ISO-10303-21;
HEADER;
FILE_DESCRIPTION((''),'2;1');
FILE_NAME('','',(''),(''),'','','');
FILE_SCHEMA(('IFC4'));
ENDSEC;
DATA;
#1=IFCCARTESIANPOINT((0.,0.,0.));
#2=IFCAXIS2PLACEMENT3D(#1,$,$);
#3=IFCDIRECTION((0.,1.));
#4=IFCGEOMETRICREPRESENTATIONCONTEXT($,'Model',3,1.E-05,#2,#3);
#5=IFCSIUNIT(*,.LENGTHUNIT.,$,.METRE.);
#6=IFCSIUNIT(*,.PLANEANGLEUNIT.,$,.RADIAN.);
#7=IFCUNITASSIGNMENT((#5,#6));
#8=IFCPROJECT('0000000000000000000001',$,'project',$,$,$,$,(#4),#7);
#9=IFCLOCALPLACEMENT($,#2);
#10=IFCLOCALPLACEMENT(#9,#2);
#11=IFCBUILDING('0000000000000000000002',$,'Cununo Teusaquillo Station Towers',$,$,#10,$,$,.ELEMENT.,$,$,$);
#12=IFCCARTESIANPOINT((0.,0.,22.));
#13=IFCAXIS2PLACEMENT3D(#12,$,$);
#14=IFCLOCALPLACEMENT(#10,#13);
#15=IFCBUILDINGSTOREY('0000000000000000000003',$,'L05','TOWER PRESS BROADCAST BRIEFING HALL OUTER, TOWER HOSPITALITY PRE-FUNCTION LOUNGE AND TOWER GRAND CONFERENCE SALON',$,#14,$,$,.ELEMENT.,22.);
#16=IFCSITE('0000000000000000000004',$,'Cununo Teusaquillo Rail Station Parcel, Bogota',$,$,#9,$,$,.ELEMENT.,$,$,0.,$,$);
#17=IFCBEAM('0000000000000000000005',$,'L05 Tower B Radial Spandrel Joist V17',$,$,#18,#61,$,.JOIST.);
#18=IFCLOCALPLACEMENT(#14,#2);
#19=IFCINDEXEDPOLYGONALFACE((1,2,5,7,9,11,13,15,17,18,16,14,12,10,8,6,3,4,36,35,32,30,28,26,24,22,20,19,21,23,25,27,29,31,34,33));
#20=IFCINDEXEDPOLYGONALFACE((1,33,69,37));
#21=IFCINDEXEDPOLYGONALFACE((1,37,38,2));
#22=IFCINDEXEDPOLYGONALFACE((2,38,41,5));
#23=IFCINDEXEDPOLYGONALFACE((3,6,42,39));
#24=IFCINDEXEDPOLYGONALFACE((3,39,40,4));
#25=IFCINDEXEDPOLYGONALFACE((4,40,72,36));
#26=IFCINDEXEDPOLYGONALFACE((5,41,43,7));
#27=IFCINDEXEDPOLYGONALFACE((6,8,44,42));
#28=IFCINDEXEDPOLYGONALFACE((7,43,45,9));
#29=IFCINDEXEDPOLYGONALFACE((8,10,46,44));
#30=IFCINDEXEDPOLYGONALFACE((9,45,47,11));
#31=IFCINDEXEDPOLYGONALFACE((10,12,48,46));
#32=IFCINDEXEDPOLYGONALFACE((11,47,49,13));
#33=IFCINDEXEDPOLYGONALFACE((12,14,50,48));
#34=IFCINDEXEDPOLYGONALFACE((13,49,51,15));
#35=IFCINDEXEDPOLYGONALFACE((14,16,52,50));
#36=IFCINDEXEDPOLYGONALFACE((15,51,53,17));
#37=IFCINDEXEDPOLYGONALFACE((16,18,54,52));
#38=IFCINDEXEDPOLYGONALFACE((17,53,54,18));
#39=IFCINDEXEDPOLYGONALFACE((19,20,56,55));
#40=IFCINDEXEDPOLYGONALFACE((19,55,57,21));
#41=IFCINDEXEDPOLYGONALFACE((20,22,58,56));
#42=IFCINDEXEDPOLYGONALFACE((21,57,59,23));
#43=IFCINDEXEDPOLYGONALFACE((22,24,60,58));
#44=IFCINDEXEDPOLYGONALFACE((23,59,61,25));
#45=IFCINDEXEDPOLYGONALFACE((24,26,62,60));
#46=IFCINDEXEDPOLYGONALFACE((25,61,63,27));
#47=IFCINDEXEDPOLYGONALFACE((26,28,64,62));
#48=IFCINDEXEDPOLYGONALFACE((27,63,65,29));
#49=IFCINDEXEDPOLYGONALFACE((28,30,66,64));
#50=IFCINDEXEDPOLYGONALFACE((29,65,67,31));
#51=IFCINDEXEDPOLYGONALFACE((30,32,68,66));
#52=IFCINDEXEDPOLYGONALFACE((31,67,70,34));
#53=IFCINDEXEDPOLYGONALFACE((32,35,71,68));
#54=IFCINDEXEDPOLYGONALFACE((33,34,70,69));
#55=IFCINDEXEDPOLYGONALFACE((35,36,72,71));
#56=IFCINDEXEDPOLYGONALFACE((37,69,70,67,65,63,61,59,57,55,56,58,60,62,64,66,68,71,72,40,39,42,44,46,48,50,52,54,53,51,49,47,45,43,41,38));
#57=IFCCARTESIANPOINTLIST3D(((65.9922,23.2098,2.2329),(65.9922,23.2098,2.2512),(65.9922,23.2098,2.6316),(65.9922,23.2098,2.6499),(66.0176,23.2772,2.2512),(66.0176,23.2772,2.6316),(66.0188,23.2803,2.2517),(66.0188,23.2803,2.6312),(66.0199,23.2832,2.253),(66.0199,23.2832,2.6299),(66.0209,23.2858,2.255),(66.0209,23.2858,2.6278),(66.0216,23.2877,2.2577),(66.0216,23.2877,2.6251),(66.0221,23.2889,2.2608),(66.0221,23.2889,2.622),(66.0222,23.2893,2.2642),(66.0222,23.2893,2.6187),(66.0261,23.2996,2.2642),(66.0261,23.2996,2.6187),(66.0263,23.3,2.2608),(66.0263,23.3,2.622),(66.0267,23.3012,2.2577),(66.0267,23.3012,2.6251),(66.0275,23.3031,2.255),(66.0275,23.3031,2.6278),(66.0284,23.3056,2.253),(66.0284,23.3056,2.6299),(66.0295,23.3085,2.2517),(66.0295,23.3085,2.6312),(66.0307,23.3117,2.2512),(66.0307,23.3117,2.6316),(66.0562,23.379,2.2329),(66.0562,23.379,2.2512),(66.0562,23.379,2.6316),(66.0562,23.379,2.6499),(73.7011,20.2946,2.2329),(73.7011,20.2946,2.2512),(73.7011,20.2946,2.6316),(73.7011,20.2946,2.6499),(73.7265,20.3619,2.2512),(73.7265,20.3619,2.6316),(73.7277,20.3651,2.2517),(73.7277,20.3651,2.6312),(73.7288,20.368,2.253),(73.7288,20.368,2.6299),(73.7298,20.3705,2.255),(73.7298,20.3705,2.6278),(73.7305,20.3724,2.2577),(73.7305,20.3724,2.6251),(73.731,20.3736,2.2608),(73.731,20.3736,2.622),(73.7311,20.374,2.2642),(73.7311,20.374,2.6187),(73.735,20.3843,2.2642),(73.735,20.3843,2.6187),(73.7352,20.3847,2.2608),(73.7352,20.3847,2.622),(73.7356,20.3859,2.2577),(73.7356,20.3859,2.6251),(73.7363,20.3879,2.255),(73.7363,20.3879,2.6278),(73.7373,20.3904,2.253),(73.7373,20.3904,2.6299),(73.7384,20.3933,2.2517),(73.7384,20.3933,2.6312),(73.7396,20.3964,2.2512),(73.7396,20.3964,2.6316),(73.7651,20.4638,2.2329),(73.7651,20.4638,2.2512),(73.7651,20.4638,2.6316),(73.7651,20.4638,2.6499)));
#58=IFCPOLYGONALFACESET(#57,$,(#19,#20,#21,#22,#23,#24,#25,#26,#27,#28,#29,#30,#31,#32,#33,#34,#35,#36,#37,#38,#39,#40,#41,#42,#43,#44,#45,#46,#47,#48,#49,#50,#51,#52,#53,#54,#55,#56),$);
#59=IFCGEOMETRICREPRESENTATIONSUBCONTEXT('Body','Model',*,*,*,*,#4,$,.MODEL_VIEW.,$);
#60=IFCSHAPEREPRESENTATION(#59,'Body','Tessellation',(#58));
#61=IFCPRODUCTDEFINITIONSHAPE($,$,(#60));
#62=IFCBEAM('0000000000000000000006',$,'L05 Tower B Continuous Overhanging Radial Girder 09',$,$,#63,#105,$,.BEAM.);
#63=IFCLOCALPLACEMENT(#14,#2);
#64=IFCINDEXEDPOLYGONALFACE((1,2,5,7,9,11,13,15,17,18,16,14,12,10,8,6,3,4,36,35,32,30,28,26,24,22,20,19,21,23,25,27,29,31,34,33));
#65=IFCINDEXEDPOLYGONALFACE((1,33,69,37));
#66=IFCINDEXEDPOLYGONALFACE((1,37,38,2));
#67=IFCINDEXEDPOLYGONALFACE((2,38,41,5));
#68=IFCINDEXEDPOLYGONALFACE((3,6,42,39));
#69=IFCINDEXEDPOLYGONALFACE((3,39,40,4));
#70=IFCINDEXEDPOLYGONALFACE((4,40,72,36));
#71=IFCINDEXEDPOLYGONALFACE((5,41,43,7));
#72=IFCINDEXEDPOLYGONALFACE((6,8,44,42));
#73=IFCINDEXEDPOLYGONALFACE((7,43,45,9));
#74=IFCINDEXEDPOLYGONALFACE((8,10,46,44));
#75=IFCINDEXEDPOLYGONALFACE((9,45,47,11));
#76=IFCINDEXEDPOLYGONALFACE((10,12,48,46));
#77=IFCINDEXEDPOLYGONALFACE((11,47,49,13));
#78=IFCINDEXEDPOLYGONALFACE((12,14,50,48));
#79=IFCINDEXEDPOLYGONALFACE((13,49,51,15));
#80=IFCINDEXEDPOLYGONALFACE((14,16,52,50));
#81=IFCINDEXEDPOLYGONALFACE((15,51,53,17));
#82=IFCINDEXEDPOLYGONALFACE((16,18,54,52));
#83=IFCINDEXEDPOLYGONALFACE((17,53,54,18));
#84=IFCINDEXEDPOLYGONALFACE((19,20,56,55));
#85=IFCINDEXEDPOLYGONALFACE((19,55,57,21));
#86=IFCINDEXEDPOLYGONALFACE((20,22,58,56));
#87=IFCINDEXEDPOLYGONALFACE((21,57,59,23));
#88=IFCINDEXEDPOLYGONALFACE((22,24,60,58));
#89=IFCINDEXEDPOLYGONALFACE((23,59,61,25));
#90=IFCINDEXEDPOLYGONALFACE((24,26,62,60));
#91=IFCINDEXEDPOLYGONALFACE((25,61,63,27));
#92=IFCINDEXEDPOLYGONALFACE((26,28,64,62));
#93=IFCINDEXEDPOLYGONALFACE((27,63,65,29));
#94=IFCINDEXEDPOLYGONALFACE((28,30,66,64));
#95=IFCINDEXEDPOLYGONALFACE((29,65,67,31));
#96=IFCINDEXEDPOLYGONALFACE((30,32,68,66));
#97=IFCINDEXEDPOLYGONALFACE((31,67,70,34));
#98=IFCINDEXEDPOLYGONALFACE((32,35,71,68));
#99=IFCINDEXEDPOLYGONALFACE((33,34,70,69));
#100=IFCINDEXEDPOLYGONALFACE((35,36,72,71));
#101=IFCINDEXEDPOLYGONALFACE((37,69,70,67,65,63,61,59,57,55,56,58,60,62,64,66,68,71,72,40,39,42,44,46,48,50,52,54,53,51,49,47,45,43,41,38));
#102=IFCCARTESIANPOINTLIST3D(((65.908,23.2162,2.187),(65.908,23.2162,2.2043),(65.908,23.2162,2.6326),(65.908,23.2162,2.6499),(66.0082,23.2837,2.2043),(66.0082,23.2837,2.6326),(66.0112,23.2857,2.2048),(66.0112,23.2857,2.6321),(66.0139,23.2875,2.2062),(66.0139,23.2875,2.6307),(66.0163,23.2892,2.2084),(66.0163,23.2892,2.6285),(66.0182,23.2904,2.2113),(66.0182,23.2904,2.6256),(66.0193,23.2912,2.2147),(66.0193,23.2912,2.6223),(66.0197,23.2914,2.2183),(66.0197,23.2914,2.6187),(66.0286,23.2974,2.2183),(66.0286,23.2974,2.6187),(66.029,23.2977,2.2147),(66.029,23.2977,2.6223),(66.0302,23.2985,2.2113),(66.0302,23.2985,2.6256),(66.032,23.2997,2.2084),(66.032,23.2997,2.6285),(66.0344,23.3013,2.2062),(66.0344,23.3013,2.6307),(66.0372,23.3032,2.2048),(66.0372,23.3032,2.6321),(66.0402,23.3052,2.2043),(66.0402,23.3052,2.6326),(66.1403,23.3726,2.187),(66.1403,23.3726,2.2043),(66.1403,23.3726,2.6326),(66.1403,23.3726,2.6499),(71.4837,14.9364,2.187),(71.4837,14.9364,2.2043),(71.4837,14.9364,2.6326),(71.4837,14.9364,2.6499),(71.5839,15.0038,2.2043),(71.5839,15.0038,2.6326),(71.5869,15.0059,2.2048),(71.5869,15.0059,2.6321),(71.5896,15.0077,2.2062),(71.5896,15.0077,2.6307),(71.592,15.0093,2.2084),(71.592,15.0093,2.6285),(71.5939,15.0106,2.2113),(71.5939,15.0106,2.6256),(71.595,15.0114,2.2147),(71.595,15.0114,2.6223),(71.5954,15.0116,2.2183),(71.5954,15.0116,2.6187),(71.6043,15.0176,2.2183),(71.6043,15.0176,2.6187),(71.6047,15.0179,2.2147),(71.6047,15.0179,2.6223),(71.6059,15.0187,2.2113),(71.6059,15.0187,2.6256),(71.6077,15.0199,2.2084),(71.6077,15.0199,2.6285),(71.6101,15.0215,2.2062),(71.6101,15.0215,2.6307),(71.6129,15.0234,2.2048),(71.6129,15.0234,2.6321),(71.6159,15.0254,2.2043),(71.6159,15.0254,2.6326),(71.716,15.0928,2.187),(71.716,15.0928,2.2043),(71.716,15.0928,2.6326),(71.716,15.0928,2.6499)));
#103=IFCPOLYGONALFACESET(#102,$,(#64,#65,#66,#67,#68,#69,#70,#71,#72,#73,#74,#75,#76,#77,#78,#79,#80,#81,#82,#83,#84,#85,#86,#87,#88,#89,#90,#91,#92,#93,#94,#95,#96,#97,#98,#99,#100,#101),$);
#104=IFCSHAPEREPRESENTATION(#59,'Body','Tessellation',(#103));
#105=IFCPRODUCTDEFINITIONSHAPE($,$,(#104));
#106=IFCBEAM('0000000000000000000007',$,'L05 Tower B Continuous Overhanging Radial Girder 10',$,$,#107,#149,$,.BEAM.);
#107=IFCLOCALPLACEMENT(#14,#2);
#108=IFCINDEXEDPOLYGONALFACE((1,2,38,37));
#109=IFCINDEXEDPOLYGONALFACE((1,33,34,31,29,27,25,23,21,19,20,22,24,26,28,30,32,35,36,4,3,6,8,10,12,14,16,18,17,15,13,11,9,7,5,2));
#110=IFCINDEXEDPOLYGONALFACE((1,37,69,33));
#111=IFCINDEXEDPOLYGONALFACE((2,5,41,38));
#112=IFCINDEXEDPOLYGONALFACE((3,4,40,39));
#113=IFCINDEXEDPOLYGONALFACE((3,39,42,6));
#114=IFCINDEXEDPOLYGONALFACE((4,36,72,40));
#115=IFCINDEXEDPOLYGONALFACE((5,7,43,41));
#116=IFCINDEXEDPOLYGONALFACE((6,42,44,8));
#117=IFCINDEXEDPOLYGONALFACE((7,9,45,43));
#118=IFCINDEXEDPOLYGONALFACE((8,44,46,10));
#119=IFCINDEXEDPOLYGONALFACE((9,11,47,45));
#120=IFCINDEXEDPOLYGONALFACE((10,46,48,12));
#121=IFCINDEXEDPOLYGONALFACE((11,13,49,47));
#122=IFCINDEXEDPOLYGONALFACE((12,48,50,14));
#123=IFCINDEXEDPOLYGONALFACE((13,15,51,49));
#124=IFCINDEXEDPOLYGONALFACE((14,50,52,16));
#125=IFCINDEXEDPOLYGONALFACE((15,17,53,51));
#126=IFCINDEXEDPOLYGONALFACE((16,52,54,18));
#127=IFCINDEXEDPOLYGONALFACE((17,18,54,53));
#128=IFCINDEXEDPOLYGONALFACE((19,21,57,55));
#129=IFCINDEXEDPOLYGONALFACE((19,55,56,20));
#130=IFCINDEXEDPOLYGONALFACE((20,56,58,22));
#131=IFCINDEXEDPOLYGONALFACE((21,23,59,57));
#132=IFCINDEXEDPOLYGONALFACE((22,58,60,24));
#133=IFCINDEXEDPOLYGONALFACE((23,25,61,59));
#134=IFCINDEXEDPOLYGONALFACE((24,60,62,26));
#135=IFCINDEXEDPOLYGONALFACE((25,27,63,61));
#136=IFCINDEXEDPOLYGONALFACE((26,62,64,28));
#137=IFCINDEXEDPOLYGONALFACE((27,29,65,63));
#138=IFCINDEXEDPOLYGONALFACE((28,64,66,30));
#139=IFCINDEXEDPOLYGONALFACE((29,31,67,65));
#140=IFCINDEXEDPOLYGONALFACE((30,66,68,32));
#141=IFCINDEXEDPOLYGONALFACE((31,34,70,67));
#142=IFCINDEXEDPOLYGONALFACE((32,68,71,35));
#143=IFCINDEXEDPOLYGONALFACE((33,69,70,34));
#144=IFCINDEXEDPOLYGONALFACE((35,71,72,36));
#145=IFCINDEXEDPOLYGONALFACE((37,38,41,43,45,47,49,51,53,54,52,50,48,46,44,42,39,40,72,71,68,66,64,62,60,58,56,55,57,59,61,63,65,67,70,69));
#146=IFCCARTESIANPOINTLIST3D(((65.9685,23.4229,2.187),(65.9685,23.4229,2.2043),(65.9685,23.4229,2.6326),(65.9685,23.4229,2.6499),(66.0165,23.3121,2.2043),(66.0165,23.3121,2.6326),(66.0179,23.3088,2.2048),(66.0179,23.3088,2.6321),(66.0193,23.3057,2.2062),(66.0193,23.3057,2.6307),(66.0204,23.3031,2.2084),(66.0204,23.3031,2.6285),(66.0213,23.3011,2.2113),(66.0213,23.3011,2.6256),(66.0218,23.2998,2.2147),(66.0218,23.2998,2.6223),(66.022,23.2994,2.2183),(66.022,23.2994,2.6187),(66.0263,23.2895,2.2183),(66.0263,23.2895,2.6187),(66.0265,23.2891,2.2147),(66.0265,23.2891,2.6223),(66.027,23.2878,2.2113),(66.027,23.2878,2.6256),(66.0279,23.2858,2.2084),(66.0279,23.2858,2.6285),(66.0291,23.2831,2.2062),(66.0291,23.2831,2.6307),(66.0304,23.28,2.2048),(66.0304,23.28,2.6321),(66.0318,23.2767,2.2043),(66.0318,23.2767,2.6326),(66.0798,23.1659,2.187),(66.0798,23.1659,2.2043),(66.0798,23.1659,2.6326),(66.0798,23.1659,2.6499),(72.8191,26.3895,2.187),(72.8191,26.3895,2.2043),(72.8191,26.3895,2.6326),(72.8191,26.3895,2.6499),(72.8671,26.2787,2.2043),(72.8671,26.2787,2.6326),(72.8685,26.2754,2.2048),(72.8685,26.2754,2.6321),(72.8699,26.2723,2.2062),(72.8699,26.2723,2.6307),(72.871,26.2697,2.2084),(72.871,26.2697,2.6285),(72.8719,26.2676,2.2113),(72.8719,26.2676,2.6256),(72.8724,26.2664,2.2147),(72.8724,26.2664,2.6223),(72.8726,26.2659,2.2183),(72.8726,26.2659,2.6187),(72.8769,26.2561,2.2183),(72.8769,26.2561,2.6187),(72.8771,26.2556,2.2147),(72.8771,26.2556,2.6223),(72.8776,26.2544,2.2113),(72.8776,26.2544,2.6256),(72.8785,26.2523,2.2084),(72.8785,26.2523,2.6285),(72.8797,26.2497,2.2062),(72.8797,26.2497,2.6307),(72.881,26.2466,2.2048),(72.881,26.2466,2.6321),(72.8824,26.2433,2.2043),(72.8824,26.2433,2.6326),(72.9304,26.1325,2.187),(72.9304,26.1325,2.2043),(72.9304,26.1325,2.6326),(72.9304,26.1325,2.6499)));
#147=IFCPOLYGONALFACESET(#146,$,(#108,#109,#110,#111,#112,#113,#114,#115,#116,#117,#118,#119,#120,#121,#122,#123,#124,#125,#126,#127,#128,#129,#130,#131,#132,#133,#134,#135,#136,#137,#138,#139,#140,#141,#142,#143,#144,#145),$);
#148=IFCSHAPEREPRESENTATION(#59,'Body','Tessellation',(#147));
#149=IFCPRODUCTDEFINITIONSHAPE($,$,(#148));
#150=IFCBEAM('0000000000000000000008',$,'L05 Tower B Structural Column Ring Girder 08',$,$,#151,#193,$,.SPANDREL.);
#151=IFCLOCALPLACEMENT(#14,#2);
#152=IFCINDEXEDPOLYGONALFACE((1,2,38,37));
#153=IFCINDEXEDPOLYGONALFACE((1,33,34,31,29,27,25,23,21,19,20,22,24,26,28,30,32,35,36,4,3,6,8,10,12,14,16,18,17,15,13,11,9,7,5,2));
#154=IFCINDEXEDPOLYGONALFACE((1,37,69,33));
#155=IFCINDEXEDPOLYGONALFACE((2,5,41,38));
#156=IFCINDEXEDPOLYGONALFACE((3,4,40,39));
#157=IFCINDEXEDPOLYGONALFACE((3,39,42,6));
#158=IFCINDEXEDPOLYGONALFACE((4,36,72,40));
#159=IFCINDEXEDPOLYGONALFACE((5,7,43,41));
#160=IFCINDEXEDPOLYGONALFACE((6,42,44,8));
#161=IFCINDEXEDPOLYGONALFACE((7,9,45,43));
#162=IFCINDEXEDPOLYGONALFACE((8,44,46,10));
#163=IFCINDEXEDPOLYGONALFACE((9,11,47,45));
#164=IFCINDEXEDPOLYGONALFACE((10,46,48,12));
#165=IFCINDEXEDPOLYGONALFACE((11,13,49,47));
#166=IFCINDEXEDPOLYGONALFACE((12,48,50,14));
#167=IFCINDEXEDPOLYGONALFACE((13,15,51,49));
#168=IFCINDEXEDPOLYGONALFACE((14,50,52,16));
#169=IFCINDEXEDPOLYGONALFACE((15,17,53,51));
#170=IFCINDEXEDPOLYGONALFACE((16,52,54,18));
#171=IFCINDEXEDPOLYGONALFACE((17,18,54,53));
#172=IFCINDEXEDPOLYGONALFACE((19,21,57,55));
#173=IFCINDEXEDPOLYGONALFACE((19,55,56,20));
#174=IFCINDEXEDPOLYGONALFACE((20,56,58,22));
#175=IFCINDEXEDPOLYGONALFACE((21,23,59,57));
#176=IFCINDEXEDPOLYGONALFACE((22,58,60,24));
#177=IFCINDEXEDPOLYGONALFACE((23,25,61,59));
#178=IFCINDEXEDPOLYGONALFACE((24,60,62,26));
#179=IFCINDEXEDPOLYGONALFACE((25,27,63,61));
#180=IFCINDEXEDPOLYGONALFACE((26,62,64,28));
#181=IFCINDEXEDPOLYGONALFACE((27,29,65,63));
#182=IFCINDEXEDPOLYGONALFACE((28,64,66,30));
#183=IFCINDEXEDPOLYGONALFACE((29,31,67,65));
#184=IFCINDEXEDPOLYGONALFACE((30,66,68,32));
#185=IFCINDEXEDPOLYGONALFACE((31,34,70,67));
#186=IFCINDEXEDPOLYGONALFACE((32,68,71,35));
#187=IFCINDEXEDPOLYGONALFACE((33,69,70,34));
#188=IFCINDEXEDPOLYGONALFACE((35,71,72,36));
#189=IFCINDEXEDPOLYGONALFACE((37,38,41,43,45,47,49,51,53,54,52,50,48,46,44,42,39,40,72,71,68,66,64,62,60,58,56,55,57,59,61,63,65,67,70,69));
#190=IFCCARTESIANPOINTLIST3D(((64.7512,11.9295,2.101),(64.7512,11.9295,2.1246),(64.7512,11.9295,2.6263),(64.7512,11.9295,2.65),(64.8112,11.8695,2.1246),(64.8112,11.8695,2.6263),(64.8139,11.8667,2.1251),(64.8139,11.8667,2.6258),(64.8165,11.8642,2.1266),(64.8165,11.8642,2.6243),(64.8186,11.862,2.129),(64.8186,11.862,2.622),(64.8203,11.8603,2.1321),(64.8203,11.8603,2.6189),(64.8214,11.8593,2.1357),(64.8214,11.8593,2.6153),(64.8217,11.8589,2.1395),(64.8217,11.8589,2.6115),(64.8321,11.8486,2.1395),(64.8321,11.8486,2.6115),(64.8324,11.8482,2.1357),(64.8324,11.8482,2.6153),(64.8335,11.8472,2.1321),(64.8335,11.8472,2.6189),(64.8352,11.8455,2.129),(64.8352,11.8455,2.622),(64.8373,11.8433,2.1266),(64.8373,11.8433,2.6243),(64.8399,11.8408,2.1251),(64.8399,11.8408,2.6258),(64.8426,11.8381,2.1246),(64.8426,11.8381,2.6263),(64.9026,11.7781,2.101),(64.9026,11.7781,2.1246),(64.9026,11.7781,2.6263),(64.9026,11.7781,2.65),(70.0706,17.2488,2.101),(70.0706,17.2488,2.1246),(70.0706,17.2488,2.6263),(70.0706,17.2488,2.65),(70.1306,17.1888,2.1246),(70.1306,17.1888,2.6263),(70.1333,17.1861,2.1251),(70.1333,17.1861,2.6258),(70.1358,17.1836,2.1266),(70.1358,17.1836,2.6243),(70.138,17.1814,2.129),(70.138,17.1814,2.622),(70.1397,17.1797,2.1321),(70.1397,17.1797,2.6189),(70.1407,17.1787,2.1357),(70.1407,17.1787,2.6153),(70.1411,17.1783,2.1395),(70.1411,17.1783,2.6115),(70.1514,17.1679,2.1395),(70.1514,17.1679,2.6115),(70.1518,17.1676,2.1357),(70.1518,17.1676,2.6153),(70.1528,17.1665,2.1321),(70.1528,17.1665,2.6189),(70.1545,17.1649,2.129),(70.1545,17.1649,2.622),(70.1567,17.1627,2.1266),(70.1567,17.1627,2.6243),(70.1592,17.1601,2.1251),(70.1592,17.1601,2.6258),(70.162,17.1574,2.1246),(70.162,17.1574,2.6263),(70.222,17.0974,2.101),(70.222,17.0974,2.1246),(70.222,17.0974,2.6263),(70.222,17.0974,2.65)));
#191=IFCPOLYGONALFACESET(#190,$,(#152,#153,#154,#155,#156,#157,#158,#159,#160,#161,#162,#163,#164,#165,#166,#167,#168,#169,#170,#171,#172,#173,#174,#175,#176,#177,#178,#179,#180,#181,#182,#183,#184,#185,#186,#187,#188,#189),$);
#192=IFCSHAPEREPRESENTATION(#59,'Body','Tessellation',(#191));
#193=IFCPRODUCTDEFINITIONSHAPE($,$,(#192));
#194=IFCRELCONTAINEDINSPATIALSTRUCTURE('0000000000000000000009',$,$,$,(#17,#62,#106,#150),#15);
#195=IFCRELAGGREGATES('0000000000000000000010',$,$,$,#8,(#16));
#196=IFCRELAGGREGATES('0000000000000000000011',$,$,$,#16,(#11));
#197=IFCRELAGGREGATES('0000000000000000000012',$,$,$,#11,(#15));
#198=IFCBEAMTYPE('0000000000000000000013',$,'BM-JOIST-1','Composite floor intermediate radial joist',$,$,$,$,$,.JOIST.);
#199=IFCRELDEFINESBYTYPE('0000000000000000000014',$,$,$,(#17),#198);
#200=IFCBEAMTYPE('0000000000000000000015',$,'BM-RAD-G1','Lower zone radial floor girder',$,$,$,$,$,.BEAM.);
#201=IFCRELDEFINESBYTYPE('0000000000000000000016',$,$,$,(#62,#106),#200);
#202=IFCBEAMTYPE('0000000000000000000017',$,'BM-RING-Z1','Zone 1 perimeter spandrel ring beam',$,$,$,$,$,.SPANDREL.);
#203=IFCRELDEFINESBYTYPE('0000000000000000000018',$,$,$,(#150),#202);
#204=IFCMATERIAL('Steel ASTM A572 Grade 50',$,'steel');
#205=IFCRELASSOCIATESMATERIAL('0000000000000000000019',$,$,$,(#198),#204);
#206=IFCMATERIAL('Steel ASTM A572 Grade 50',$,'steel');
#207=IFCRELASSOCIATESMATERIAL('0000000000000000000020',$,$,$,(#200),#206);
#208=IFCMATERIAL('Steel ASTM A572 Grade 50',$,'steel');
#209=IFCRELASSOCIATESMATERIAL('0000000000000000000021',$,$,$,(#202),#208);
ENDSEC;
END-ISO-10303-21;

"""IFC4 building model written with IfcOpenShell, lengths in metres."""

from ifc_helpers import new_model, si_unit, direction, frame, origin, origin_2d, place, context, subcontext, project, spatial, i_section, extrude, material, material_profile, profile_set, type_object, element, save


model = new_model("IFC4")

# Units and contexts
model_context = context("Model", 3, precision=1e-05, world=origin(), true_north=direction((0.0, 1.0)))
body_context = subcontext(model_context, "Body", "Model", "MODEL_VIEW")
ifc_project = project(units=[si_unit("LENGTHUNIT", "METRE"), si_unit("PLANEANGLEUNIT", "RADIAN")], contexts=[model_context])

# Site, building, storey
site_placement = place(None, origin())
site = spatial("IfcSite", under=ifc_project, at=site_placement, Name="Cununo Teusaquillo Rail Station Parcel, Bogota", CompositionType="ELEMENT", RefElevation=0.0)
building_placement = place(site_placement, origin())
building = spatial("IfcBuilding", under=site, at=building_placement, Name="Cununo Teusaquillo Station Towers", CompositionType="ELEMENT")
storey_placement = place(building_placement, frame((0.0, 0.0, 22.0)))
storey = spatial("IfcBuildingStorey", under=building, at=storey_placement, Name="L05", Description="TOWER PRESS BROADCAST BRIEFING HALL OUTER, TOWER HOSPITALITY PRE-FUNCTION LOUNGE AND TOWER GRAND CONFERENCE SALON", CompositionType="ELEMENT", Elevation=22.0)

# Beams
ifc_material_1 = material(Name="Steel ASTM A572 Grade 50", Category="steel")
ifc_material_profile_1 = material_profile(ifc_material_1, i_section(OverallWidth=0.1809, OverallDepth=0.417, WebThickness=0.011, FlangeThickness=0.0183, FilletRadius=0.0129, at=origin_2d()), Name="W16X57")
ifc_profile_set_1 = profile_set([ifc_material_profile_1], Name="Steel ASTM A572 Grade 50")
beam_type_1 = type_object("IfcBeamType", Name="BM-JOIST-1", Description="Composite floor intermediate radial joist", PredefinedType="JOIST", material=ifc_profile_set_1)
beam_1_placement = place(storey_placement, frame((66.0242, 23.2944, 2.4414), z_axis=(0.935352, -0.353719, 0.0), x_axis=(0.353719, 0.935352, 0.0)))
element("IfcBeam", 1, at=beam_1_placement, inside=storey, type_object=beam_type_1, Name="L05 Tower B Radial Spandrel Joist V17", PredefinedType="JOIST", context=body_context, shape_type="SweptSolid", body=[
    extrude(i_section(OverallWidth=0.1809, OverallDepth=0.417, WebThickness=0.011, FlangeThickness=0.0183, FilletRadius=0.0129, at=origin_2d()), origin(), (0.0, 0.0, 1.0), 8.2417),
])
ifc_material_2 = material(Name="Steel ASTM A572 Grade 50", Category="steel")
ifc_material_profile_2 = material_profile(ifc_material_2, i_section(OverallWidth=0.28, OverallDepth=0.4629, WebThickness=0.0107, FlangeThickness=0.0173, FilletRadius=0.0139, at=origin_2d()), Name="W18X76")
ifc_profile_set_2 = profile_set([ifc_material_profile_2], Name="Steel ASTM A572 Grade 50")
beam_type_2 = type_object("IfcBeamType", Name="BM-RAD-G1", Description="Lower zone radial floor girder", PredefinedType="BEAM", material=ifc_profile_set_2)
beam_2_placement = place(storey_placement, frame((66.0242, 23.2944, 2.4185), z_axis=(0.558566, -0.82946, 0.0), x_axis=(0.82946, 0.558566, 0.0)))
element("IfcBeam", 2, at=beam_2_placement, inside=storey, type_object=beam_type_2, Name="L05 Tower B Continuous Overhanging Radial Girder 09", PredefinedType="BEAM", context=body_context, shape_type="SweptSolid", body=[
    extrude(i_section(OverallWidth=0.28, OverallDepth=0.4629, WebThickness=0.0107, FlangeThickness=0.0173, FilletRadius=0.0139, at=origin_2d()), origin(), (0.0, 0.0, 1.0), 9.9822),
])
beam_3_placement = place(storey_placement, frame((66.0242, 23.2944, 2.4185), z_axis=(0.917655, 0.397378, 0.0), x_axis=(-0.397378, 0.917655, 0.0)))
element("IfcBeam", 3, at=beam_3_placement, inside=storey, type_object=beam_type_2, Name="L05 Tower B Continuous Overhanging Radial Girder 10", PredefinedType="BEAM", context=body_context, shape_type="SweptSolid", body=[
    extrude(i_section(OverallWidth=0.28, OverallDepth=0.4629, WebThickness=0.0107, FlangeThickness=0.0173, FilletRadius=0.0139, at=origin_2d()), origin(), (0.0, 0.0, 1.0), 7.4653),
])
ifc_material_3 = material(Name="Steel ASTM A572 Grade 50", Category="steel")
ifc_material_profile_3 = material_profile(ifc_material_3, i_section(OverallWidth=0.2141, OverallDepth=0.5491, WebThickness=0.0146, FlangeThickness=0.0237, FilletRadius=0.0149, at=origin_2d()), Name="W21X93")
ifc_profile_set_3 = profile_set([ifc_material_profile_3], Name="Steel ASTM A572 Grade 50")
beam_type_3 = type_object("IfcBeamType", Name="BM-RING-Z1", Description="Zone 1 perimeter spandrel ring beam", PredefinedType="SPANDREL", material=ifc_profile_set_3)
beam_4_placement = place(storey_placement, frame((64.8269, 11.8538, 2.3755), z_axis=(0.707107, 0.707107, 0.0), x_axis=(-0.707107, 0.707107, 0.0)))
element("IfcBeam", 4, at=beam_4_placement, inside=storey, type_object=beam_type_3, Name="L05 Tower B Structural Column Ring Girder 08", PredefinedType="SPANDREL", context=body_context, shape_type="SweptSolid", body=[
    extrude(i_section(OverallWidth=0.2141, OverallDepth=0.5491, WebThickness=0.0146, FlangeThickness=0.0237, FilletRadius=0.0149, at=origin_2d()), origin(), (0.0, 0.0, 1.0), 7.5227),
])

save(model, "model.ifc")
